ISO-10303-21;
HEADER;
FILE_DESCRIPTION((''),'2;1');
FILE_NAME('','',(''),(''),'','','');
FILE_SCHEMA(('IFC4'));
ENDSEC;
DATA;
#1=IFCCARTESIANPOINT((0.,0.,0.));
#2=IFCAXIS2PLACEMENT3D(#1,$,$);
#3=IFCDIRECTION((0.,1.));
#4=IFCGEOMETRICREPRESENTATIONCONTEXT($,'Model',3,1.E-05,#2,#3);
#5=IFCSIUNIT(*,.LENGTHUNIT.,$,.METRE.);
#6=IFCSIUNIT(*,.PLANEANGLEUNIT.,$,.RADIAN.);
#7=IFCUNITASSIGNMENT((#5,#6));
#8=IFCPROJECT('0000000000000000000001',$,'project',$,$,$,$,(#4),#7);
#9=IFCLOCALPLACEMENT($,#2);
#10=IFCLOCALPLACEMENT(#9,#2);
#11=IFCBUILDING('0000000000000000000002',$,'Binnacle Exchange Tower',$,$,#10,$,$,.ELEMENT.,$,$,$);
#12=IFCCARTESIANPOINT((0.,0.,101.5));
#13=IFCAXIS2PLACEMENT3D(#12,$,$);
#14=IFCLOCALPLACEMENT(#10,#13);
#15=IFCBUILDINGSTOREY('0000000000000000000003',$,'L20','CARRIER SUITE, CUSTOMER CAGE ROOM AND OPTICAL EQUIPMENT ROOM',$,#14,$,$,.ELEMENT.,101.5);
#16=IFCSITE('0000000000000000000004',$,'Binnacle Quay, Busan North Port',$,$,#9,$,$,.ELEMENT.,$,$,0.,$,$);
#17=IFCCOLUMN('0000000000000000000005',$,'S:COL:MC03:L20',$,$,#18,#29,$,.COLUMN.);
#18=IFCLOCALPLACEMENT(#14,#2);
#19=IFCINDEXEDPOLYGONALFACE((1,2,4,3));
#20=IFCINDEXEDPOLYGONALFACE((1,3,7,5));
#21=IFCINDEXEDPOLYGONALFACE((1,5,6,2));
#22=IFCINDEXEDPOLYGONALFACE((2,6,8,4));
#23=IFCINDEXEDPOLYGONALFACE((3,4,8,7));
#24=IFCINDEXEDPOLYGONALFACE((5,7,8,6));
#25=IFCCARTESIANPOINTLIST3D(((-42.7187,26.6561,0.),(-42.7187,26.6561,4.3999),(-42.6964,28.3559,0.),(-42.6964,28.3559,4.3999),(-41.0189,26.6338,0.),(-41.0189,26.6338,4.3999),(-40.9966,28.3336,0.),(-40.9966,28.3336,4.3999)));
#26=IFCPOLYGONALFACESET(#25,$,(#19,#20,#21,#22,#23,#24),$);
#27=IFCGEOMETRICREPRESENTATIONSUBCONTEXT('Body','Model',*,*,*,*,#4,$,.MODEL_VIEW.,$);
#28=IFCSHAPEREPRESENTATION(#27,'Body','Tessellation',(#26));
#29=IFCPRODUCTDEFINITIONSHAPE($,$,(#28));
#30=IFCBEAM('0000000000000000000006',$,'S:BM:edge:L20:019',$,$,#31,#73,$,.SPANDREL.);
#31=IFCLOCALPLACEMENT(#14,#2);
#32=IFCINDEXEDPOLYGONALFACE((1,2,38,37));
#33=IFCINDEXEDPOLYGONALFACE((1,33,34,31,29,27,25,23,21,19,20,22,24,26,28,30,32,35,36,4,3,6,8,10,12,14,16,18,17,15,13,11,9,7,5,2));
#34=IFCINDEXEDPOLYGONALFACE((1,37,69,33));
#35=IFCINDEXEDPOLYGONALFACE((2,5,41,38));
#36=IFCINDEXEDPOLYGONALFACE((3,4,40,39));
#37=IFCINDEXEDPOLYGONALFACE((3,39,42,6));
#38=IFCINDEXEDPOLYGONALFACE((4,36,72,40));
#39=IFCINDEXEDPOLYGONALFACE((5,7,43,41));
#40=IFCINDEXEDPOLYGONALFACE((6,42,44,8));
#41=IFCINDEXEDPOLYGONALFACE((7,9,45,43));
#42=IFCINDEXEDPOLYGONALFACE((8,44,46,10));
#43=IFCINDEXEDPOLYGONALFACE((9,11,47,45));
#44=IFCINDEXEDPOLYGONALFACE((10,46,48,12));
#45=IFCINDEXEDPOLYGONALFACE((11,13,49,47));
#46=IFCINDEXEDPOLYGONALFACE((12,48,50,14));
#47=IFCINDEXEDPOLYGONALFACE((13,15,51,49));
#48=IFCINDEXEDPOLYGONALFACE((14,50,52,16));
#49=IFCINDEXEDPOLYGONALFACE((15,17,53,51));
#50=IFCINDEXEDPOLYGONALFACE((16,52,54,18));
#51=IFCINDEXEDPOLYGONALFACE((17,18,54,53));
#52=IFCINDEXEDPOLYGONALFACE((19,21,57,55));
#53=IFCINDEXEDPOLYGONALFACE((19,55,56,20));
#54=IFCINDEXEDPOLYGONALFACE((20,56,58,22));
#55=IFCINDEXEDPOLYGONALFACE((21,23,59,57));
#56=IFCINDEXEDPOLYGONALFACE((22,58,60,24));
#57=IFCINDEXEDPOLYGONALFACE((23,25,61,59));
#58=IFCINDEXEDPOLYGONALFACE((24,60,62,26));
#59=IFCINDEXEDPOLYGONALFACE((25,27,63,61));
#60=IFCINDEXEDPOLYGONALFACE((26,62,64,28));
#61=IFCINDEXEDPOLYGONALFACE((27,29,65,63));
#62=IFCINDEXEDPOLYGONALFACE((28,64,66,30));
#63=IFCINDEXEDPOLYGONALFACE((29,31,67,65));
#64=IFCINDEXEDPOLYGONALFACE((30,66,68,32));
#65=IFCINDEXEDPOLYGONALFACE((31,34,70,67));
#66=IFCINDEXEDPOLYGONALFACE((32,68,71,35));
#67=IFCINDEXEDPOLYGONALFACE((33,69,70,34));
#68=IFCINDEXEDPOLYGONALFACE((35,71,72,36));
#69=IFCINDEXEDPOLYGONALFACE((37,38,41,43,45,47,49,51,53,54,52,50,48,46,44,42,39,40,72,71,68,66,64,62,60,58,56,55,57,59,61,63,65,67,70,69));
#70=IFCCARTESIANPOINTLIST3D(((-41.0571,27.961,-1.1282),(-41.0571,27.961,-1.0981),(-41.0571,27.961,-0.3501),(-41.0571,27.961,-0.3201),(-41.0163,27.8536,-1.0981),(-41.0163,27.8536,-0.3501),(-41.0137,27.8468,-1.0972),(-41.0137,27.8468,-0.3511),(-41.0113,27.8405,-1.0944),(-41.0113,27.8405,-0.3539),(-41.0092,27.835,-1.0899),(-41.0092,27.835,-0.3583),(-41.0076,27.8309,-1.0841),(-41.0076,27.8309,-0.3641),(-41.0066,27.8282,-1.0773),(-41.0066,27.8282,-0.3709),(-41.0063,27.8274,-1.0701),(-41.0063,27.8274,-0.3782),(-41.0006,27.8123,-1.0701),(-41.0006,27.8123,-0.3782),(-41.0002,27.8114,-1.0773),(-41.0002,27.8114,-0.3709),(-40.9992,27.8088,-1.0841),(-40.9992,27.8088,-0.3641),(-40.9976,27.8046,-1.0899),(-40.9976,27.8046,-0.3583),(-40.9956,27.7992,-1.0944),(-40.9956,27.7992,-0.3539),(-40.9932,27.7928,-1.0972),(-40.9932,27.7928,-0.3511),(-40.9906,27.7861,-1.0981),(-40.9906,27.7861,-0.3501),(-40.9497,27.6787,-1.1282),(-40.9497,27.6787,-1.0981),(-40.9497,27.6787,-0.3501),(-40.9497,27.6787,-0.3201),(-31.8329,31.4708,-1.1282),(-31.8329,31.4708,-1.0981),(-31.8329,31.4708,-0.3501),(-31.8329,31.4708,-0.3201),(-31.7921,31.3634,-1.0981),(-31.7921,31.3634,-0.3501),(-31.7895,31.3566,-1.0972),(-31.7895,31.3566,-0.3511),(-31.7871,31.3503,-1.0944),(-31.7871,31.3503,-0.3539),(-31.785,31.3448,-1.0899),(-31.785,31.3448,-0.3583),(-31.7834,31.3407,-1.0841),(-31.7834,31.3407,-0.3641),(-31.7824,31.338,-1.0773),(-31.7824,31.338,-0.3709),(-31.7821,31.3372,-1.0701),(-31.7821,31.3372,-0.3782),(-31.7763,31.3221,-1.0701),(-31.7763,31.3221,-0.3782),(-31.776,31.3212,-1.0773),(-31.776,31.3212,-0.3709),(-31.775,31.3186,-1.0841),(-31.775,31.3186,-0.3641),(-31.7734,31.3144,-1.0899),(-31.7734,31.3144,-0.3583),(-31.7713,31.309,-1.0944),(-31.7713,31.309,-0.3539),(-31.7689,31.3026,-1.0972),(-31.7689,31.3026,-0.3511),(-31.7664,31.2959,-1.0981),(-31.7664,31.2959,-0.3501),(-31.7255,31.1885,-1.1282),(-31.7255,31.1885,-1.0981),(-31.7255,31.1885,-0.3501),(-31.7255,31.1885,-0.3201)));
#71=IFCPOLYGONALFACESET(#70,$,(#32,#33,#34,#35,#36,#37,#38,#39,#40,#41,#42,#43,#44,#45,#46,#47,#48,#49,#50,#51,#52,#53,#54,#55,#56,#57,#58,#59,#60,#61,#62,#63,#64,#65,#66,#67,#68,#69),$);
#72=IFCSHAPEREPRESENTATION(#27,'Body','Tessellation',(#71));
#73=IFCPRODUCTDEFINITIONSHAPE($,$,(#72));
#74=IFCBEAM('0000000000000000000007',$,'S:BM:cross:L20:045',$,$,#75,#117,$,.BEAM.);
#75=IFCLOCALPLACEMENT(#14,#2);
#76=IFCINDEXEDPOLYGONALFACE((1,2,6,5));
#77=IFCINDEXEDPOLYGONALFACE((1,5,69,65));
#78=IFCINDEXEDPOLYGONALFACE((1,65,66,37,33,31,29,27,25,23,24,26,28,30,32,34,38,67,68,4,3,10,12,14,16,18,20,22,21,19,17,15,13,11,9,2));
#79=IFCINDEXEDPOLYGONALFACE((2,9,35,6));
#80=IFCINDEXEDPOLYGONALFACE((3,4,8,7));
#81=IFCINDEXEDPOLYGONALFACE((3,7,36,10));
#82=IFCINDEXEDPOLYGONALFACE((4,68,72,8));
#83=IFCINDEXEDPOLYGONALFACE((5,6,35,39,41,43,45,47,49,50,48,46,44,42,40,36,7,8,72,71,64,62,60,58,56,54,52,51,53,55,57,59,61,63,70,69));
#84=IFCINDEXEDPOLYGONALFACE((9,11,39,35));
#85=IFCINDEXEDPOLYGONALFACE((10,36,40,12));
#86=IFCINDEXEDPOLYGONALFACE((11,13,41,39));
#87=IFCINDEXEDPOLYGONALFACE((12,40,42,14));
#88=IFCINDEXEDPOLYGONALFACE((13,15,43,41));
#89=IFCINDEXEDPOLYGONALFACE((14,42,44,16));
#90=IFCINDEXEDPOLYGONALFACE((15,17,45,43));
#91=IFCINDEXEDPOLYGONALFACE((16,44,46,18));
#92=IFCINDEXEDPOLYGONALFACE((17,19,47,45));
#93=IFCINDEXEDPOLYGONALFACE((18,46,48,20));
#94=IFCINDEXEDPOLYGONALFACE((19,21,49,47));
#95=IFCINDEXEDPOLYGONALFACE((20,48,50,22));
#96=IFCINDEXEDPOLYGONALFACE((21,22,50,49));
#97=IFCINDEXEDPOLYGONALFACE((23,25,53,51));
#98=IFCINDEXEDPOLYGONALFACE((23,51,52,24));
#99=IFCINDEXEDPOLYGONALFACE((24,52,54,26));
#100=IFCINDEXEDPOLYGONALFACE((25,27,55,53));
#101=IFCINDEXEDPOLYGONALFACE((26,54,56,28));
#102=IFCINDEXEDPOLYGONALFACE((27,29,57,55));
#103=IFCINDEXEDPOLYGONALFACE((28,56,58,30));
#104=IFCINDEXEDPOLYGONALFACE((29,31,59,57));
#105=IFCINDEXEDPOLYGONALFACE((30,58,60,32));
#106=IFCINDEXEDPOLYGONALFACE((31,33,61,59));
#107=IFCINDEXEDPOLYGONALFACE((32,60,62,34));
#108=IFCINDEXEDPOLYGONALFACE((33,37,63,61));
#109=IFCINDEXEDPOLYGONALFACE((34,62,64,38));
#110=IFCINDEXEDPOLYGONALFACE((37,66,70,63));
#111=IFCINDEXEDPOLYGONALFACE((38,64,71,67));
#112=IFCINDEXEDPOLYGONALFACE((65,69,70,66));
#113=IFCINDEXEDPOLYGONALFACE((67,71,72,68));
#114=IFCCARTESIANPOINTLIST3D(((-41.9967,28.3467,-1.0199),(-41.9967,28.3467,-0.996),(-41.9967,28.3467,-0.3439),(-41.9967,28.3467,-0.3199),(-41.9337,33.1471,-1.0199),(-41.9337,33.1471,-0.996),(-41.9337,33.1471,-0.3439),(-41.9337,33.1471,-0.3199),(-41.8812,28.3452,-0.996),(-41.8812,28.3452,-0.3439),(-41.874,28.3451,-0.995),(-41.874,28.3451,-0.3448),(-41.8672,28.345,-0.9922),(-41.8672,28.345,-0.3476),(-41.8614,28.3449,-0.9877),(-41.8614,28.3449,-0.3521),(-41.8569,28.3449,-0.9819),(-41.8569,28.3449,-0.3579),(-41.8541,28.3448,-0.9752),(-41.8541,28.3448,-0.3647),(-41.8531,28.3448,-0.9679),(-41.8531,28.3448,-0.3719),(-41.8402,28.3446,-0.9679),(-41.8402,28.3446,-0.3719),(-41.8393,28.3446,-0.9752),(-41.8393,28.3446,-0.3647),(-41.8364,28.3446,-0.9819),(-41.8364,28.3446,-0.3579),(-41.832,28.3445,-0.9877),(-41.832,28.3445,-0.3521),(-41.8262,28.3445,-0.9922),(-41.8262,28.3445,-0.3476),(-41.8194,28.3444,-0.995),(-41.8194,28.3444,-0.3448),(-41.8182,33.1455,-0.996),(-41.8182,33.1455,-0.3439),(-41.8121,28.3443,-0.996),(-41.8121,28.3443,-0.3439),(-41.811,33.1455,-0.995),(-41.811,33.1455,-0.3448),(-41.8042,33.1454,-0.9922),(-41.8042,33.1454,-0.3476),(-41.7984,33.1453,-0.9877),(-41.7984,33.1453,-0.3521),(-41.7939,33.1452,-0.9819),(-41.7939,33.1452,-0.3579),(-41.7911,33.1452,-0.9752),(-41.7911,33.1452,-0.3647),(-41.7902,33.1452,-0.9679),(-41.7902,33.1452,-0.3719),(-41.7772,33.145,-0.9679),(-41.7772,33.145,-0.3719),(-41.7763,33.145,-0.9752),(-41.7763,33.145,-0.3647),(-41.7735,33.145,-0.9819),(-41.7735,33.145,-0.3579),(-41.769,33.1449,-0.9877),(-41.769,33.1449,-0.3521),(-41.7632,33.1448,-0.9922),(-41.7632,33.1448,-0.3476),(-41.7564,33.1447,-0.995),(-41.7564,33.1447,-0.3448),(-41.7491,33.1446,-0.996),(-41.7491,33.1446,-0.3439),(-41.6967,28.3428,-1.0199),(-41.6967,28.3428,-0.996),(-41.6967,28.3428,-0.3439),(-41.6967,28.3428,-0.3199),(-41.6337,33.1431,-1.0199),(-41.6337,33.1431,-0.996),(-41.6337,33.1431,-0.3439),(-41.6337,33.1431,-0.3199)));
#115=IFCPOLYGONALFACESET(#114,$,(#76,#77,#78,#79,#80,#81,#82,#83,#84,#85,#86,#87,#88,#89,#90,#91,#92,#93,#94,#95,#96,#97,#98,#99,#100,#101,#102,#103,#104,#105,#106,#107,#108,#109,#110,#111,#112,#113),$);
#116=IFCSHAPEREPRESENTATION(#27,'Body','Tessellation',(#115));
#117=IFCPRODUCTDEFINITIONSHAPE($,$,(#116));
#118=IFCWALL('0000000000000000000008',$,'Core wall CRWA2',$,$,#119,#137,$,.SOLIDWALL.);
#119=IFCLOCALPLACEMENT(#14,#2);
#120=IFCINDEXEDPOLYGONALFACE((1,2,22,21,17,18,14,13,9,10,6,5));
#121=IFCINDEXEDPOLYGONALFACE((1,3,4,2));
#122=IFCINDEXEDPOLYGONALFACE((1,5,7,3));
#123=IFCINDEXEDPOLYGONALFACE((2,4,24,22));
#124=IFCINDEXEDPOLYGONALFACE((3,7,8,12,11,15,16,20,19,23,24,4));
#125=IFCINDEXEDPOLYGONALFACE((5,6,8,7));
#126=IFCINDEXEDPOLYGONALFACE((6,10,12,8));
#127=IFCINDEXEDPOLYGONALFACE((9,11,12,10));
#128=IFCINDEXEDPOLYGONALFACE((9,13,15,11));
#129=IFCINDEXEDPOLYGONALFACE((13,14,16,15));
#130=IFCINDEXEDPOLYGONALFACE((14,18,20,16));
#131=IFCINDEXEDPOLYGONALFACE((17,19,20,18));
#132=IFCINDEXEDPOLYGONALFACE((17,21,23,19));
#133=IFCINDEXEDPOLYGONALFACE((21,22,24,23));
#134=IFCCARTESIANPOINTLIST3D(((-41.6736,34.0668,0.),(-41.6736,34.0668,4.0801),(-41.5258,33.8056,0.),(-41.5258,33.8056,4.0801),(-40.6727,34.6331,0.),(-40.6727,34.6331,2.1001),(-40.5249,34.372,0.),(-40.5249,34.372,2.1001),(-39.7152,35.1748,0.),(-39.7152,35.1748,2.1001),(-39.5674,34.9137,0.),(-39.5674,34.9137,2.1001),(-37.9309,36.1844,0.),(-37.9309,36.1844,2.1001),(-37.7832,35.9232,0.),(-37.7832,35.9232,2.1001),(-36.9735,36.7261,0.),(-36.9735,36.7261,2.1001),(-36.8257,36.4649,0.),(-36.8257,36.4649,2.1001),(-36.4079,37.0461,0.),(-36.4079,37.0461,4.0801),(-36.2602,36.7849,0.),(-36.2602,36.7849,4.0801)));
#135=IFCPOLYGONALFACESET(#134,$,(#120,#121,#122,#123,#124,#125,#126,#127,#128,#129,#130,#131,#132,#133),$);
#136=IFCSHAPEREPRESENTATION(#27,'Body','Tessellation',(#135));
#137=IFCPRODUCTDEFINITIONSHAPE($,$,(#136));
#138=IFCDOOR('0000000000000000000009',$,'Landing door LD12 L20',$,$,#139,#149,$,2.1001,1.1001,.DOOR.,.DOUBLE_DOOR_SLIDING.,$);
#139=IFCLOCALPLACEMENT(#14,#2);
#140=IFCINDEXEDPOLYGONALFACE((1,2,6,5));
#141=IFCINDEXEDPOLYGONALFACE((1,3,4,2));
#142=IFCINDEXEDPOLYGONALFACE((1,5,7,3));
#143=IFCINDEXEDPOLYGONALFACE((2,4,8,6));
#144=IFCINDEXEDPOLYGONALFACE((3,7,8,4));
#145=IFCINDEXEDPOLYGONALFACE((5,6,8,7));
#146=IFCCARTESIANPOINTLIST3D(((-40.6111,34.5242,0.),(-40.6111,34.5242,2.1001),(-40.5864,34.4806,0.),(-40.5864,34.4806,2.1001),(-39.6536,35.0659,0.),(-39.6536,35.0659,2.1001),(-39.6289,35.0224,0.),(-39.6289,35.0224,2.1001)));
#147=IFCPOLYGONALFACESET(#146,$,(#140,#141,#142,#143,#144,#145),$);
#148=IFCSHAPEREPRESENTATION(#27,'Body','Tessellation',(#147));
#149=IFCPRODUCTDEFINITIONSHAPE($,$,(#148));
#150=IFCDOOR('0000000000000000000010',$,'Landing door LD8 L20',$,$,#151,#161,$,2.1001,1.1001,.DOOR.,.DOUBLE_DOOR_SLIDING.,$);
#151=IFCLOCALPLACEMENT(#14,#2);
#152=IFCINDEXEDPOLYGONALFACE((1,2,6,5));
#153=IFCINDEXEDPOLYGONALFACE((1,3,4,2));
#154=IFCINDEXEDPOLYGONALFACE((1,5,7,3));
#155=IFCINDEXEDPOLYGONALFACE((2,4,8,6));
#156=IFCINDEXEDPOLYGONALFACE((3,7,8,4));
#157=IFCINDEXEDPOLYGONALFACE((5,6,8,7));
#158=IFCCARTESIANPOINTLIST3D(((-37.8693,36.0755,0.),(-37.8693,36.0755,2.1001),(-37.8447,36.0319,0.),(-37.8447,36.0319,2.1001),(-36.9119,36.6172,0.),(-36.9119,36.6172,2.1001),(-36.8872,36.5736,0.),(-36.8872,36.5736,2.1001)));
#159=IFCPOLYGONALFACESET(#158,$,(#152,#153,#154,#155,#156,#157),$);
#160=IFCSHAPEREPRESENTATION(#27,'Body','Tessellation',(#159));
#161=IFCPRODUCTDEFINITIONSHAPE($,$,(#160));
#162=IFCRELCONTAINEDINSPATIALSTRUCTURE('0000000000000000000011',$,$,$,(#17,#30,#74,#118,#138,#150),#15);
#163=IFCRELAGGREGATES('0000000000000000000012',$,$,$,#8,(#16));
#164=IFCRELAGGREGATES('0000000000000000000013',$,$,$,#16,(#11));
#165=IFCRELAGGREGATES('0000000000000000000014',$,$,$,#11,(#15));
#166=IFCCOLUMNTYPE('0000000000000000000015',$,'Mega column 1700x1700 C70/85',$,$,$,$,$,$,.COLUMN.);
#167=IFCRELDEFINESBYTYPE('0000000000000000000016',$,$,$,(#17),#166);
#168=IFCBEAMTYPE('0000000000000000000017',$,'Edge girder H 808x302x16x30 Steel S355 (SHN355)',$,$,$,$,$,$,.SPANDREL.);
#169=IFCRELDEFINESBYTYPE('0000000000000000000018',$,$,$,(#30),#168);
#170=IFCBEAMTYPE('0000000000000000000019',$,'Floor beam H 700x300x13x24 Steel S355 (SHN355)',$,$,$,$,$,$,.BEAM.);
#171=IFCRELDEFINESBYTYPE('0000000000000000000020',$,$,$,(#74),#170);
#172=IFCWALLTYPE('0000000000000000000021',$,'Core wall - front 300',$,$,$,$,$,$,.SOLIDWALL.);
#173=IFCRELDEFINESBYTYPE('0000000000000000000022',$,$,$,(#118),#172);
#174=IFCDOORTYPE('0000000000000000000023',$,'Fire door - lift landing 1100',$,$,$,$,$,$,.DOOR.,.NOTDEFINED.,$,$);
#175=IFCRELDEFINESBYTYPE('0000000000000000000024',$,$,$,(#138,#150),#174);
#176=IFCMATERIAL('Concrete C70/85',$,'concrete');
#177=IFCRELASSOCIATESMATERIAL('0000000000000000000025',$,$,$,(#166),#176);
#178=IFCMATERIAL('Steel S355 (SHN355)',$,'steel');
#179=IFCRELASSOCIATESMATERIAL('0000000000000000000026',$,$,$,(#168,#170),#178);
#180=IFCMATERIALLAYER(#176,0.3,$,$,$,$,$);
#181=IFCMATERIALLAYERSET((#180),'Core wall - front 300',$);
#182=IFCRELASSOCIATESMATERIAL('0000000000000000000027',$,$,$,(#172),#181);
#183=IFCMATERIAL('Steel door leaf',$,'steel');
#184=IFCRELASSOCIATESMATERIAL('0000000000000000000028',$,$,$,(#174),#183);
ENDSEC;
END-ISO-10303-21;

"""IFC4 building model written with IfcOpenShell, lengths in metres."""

from ifc_helpers import new_model, si_unit, direction, frame, frame_2d, origin, origin_2d, place, context, subcontext, project, spatial, rectangle, i_section, extrude, material, layer, layer_set, material_profile, profile_set, type_object, element, fill, save


model = new_model("IFC4")

# Units and contexts
model_context = context("Model", 3, precision=1e-05, world=origin(), true_north=direction((0.0, 1.0)))
body_context = subcontext(model_context, "Body", "Model", "MODEL_VIEW")
ifc_project = project(units=[si_unit("LENGTHUNIT", "METRE"), si_unit("PLANEANGLEUNIT", "RADIAN")], contexts=[model_context])

# Site, building, storey
site_placement = place(None, origin())
site = spatial("IfcSite", under=ifc_project, at=site_placement, Name="Binnacle Quay, Busan North Port", CompositionType="ELEMENT", RefElevation=0.0)
building_placement = place(site_placement, origin())
building = spatial("IfcBuilding", under=site, at=building_placement, Name="Binnacle Exchange Tower", CompositionType="ELEMENT")
storey_placement = place(building_placement, frame((0.0, 0.0, 101.5)))
storey = spatial("IfcBuildingStorey", under=building, at=storey_placement, Name="L20", Description="CARRIER SUITE, CUSTOMER CAGE ROOM AND OPTICAL EQUIPMENT ROOM", CompositionType="ELEMENT", Elevation=101.5)

# Column
ifc_material_1 = material(Name="Concrete C70/85", Category="concrete")
ifc_material_profile_1 = material_profile(ifc_material_1, rectangle(XDim=1.7, YDim=1.7, at=origin_2d()), Name="Mega column 1700x1700 C70/85")
ifc_profile_set_1 = profile_set([ifc_material_profile_1], Name="Concrete C70/85")
column_type = type_object("IfcColumnType", Name="Mega column 1700x1700 C70/85", PredefinedType="COLUMN", material=ifc_profile_set_1)
column_placement = place(storey_placement, frame((-41.8577, 27.4949, 0.0), z_axis=(0.0, 0.0, 1.0), x_axis=(0.999914, -0.01309, 0.0)))
element("IfcColumn", 1, at=column_placement, inside=storey, type_object=column_type, Name="S:COL:MC03:L20", PredefinedType="COLUMN", context=body_context, shape_type="SweptSolid", body=[
    extrude(rectangle(XDim=1.7, YDim=1.7, at=origin_2d()), origin(), (0.0, 0.0, 1.0), 4.3999),
])

# Beams
ifc_material_2 = material(Name="Steel S355 (SHN355)", Category="steel")
ifc_material_profile_2 = material_profile(ifc_material_2, i_section(OverallWidth=0.302, OverallDepth=0.8081, WebThickness=0.0161, FlangeThickness=0.03, FilletRadius=0.0281, at=origin_2d()), Name="H 808x302x16x30")
ifc_profile_set_2 = profile_set([ifc_material_profile_2], Name="Steel S355 (SHN355)")
beam_type_1 = type_object("IfcBeamType", Name="Edge girder H 808x302x16x30 Steel S355 (SHN355)", PredefinedType="SPANDREL", material=ifc_profile_set_2)
beam_1_placement = place(storey_placement, frame((-41.0034, 27.8198, -0.7241), z_axis=(0.934629, 0.355625, 0.0), x_axis=(-0.355625, 0.934629, 0.0)))
element("IfcBeam", 2, at=beam_1_placement, inside=storey, type_object=beam_type_1, Name="S:BM:edge:L20:019", PredefinedType="SPANDREL", context=body_context, shape_type="SweptSolid", body=[
    extrude(i_section(OverallWidth=0.302, OverallDepth=0.8081, WebThickness=0.0161, FlangeThickness=0.03, FilletRadius=0.0281, at=origin_2d()), origin(), (0.0, 0.0, 1.0), 9.8694),
])
ifc_material_profile_3 = material_profile(ifc_material_2, i_section(OverallWidth=0.3, OverallDepth=0.7, WebThickness=0.0129, FlangeThickness=0.0239, FilletRadius=0.0281, at=origin_2d()), Name="H 700x300x13x24")
ifc_profile_set_3 = profile_set([ifc_material_profile_3], Name="Steel S355 (SHN355)")
beam_type_2 = type_object("IfcBeamType", Name="Floor beam H 700x300x13x24 Steel S355 (SHN355)", PredefinedType="BEAM", material=ifc_profile_set_3)
beam_2_placement = place(storey_placement, frame((-41.8467, 28.3447, -0.6699), z_axis=(0.013121, 0.999914, 0.0), x_axis=(-0.999914, 0.013121, 0.0)))
element("IfcBeam", 3, at=beam_2_placement, inside=storey, type_object=beam_type_2, Name="S:BM:cross:L20:045", PredefinedType="BEAM", context=body_context, shape_type="SweptSolid", body=[
    extrude(i_section(OverallWidth=0.3, OverallDepth=0.7, WebThickness=0.0129, FlangeThickness=0.0239, FilletRadius=0.0281, at=origin_2d()), origin(), (0.0, 0.0, 1.0), 4.8008),
])

# Wall, openings, doors
ifc_layer_1 = layer(ifc_material_1, 0.3)
ifc_layer_set_1 = layer_set([ifc_layer_1], Name="Core wall - front 300")
wall_type_1 = type_object("IfcWallType", Name="Core wall - front 300", PredefinedType="SOLIDWALL", material=ifc_layer_set_1)
wall_1_placement = place(storey_placement, frame((-41.5996, 33.9363, 0.0), z_axis=(0.0, 0.0, 1.0), x_axis=(0.870349, 0.492436, 0.0)))
wall_1 = element("IfcWall", 4, at=wall_1_placement, inside=storey, type_object=wall_type_1, Name="Core wall CRWA2", PredefinedType="SOLIDWALL", context=body_context, shape_type="SweptSolid", body=[
    extrude(rectangle(XDim=6.05, YDim=0.3, at=frame_2d((3.0249, 0.0))), origin(), (0.0, 0.0, 1.0), 4.0801),
])
opening_1_placement = place(wall_1_placement, frame((1.1499, 0.0, 0.0)))
opening_1 = element("IfcOpeningElement", 5, at=opening_1_placement, cuts=wall_1, PredefinedType="OPENING", context=body_context, shape_type="SweptSolid", body=[
    extrude(rectangle(XDim=1.1001, YDim=2.1001, at=frame_2d((0.55, 1.05))), frame((0.0, 0.1599, 0.0), z_axis=(0.0, -1.0, 0.0), x_axis=(1.0, 0.0, 0.0)), (0.0, 0.0, 1.0), 0.3201),
])
opening_2_placement = place(wall_1_placement, frame((4.3, 0.0, 0.0)))
opening_2 = element("IfcOpeningElement", 6, at=opening_2_placement, cuts=wall_1, PredefinedType="OPENING", context=body_context, shape_type="SweptSolid", body=[
    extrude(rectangle(XDim=1.1001, YDim=2.1001, at=frame_2d((0.55, 1.05))), frame((0.0, 0.1599, 0.0), z_axis=(0.0, -1.0, 0.0), x_axis=(1.0, 0.0, 0.0)), (0.0, 0.0, 1.0), 0.3201),
])
ifc_material_3 = material(Name="Steel door leaf", Category="steel")
door_type_1 = type_object("IfcDoorType", Name="Fire door - lift landing 1100", OperationType="NOTDEFINED", PredefinedType="DOOR", material=ifc_material_3)
door_1_placement = place(opening_1_placement, origin())
door_1 = element("IfcDoor", 7, at=door_1_placement, inside=storey, type_object=door_type_1, Name="Landing door LD12 L20", OperationType="DOUBLE_DOOR_SLIDING", OverallHeight=2.1001, OverallWidth=1.1001, PredefinedType="DOOR", context=body_context, shape_type="SweptSolid", body=[
    extrude(rectangle(XDim=1.1001, YDim=2.1001, at=frame_2d((0.55, 1.05))), frame((0.0, 0.0249, 0.0), z_axis=(0.0, -1.0, 0.0), x_axis=(1.0, 0.0, 0.0)), (0.0, 0.0, 1.0), 0.05),
])
fill(opening_1, door_1)
door_2_placement = place(opening_2_placement, origin())
door_2 = element("IfcDoor", 8, at=door_2_placement, inside=storey, type_object=door_type_1, Name="Landing door LD8 L20", OperationType="DOUBLE_DOOR_SLIDING", OverallHeight=2.1001, OverallWidth=1.1001, PredefinedType="DOOR", context=body_context, shape_type="SweptSolid", body=[
    extrude(rectangle(XDim=1.1001, YDim=2.1001, at=frame_2d((0.55, 1.05))), frame((0.0, 0.0249, 0.0), z_axis=(0.0, -1.0, 0.0), x_axis=(1.0, 0.0, 0.0)), (0.0, 0.0, 1.0), 0.05),
])
fill(opening_2, door_2)

save(model, "model.ifc")
